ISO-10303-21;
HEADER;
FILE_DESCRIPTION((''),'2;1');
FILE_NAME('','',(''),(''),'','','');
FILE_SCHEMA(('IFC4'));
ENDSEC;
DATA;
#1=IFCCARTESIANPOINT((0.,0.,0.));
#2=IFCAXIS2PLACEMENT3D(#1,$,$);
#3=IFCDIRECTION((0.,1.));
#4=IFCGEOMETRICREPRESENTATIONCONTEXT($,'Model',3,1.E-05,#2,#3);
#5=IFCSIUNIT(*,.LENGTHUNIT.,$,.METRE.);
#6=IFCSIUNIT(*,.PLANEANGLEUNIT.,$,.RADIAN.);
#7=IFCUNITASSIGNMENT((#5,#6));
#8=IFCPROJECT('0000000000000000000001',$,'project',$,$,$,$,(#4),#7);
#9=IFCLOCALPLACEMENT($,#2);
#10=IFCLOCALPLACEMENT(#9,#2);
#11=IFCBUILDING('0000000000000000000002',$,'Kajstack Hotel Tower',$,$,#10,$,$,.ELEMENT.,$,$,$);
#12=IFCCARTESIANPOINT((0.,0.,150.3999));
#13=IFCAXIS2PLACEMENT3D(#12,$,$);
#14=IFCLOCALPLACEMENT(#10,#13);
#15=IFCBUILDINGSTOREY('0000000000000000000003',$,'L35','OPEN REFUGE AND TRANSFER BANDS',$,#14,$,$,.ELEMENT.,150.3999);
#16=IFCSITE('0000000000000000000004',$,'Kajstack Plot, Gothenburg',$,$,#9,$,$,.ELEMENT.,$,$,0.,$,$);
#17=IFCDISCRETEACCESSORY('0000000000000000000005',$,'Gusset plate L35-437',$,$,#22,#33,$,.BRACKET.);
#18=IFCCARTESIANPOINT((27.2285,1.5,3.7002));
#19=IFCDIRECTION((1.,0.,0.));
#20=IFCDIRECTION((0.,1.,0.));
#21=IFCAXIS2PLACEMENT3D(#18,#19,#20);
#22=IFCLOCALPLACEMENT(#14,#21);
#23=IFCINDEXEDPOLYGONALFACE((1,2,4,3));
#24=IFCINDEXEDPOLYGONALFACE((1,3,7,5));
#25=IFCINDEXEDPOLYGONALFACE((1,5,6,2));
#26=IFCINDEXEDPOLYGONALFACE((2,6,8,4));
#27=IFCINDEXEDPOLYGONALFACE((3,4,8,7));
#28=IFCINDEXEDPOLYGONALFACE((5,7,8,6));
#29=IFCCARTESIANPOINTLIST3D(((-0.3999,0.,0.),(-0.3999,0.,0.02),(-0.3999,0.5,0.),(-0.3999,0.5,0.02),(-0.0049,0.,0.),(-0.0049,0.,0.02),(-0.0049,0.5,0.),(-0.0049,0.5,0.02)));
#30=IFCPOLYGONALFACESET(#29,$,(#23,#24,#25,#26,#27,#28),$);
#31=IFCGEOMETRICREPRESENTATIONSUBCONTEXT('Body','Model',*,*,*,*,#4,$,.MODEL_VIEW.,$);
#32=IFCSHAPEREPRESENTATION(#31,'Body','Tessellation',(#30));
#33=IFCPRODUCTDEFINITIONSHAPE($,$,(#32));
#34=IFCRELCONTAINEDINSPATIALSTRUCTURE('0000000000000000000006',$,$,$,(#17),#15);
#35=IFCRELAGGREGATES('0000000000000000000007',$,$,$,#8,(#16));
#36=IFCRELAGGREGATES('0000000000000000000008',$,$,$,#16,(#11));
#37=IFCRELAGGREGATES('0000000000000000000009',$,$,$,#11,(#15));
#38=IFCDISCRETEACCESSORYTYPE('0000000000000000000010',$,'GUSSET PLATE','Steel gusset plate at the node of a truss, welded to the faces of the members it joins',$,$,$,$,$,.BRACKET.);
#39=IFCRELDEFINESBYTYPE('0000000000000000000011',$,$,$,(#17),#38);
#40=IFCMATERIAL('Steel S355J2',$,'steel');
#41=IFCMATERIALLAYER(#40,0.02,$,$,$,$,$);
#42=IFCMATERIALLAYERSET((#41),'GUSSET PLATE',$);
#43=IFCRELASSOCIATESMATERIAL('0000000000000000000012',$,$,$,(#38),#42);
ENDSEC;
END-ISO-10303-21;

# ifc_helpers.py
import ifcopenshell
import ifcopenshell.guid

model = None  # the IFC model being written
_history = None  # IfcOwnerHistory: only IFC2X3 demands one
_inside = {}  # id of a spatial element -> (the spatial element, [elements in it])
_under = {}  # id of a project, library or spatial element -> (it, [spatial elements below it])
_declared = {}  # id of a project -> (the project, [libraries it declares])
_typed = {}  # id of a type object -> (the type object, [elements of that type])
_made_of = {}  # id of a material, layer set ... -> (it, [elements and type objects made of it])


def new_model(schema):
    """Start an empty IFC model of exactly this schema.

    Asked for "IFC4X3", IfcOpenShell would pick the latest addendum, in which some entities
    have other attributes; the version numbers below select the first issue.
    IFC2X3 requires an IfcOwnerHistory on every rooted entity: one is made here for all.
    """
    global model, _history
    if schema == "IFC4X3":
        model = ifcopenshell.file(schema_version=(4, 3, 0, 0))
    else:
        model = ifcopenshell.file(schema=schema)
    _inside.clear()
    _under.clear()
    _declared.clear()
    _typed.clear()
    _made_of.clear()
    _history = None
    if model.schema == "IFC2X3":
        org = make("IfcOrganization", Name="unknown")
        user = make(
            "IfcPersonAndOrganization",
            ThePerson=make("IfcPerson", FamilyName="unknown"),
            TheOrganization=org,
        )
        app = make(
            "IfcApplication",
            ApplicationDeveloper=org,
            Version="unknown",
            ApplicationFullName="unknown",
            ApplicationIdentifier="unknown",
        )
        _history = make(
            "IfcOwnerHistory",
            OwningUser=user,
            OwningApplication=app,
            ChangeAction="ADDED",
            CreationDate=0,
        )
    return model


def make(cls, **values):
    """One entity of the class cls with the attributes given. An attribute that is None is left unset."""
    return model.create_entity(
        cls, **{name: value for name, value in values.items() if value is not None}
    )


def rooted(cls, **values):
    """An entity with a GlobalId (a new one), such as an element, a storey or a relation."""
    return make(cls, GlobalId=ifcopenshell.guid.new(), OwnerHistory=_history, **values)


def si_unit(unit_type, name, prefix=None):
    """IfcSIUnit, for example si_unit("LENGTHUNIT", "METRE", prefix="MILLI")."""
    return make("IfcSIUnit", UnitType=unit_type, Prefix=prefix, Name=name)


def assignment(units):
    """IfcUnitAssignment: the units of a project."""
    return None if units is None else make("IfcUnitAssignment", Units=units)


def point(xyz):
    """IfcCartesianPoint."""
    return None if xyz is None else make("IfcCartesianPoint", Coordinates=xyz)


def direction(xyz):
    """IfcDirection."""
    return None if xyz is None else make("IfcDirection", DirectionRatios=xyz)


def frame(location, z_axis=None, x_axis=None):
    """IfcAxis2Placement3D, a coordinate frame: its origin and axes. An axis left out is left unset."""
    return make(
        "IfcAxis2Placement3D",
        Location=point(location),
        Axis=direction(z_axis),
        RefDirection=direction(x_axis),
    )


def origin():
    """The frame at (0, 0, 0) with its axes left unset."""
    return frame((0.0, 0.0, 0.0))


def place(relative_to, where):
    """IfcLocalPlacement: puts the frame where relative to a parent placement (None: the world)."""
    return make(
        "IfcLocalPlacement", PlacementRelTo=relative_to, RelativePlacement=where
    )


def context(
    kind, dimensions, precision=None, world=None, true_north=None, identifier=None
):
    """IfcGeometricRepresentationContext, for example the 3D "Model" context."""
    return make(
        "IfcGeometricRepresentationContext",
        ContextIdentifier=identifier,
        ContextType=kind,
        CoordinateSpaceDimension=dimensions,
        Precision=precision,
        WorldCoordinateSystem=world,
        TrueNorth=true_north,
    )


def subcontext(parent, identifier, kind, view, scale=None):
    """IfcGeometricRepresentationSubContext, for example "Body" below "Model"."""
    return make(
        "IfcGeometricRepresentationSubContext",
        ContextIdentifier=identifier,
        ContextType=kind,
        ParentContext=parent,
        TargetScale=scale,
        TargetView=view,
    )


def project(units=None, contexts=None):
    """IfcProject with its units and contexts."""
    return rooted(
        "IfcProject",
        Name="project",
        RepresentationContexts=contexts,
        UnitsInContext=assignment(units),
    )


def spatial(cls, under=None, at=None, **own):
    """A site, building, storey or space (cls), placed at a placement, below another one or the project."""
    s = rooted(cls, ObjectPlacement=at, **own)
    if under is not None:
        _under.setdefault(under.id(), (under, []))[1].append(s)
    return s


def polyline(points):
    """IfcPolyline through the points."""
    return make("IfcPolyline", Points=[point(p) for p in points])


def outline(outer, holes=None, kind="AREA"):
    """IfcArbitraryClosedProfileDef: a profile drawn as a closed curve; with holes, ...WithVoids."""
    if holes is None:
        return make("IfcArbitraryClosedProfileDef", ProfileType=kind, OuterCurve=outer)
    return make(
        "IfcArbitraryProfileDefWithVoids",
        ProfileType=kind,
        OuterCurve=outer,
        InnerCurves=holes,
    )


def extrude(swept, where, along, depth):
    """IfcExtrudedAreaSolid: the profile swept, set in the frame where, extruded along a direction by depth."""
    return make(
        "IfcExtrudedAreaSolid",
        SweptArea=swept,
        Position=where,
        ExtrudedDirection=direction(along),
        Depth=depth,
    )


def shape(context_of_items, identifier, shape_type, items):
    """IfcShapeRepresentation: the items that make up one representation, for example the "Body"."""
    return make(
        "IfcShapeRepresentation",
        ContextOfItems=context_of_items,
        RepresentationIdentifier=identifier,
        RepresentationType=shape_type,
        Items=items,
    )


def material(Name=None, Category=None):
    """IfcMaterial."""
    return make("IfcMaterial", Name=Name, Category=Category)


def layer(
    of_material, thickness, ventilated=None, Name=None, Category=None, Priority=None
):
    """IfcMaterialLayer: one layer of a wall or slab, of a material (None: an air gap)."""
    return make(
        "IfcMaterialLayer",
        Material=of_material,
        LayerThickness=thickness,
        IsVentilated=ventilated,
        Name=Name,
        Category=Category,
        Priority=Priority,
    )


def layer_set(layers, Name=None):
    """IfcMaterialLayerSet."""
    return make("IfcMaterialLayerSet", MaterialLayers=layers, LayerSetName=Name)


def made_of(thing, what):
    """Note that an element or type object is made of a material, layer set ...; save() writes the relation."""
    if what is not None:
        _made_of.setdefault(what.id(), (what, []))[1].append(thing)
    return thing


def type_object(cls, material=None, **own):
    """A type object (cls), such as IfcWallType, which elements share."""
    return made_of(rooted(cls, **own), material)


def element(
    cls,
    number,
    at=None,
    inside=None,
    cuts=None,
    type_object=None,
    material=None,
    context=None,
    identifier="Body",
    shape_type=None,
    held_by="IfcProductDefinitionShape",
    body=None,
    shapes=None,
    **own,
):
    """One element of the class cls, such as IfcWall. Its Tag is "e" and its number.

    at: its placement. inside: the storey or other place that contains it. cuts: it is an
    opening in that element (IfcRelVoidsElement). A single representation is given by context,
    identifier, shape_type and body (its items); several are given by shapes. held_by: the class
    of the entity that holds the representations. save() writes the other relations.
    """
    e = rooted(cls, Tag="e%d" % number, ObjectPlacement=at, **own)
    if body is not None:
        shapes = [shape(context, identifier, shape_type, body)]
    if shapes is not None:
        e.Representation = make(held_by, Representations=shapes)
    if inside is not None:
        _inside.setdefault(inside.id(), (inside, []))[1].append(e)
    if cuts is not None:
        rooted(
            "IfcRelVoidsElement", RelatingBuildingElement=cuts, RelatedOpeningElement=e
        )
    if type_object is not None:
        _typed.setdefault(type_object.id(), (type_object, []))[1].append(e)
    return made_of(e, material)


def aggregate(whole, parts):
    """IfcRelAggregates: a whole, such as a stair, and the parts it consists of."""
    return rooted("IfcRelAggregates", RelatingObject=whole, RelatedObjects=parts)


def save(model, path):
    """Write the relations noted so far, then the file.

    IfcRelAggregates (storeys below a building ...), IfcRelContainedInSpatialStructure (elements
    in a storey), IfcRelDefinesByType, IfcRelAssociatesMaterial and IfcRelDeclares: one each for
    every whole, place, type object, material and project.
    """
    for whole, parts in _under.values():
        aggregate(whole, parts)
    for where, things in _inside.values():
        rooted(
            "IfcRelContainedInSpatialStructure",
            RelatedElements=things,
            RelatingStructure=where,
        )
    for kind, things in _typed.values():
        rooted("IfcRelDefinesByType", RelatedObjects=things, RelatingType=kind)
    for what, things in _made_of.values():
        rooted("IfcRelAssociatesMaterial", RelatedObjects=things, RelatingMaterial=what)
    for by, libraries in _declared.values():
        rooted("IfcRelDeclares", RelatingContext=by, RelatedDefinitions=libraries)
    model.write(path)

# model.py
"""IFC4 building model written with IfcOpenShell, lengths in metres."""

from ifc_helpers import new_model, si_unit, direction, frame, origin, place, context, subcontext, project, spatial, polyline, outline, extrude, material, layer, layer_set, type_object, element, save


model = new_model("IFC4")

# Units and contexts
model_context = context("Model", 3, precision=1e-05, world=origin(), true_north=direction((0.0, 1.0)))
body_context = subcontext(model_context, "Body", "Model", "MODEL_VIEW")
ifc_project = project(units=[si_unit("LENGTHUNIT", "METRE"), si_unit("PLANEANGLEUNIT", "RADIAN")], contexts=[model_context])

# Site, building, storey
site_placement = place(None, origin())
site = spatial("IfcSite", under=ifc_project, at=site_placement, Name="Kajstack Plot, Gothenburg", CompositionType="ELEMENT", RefElevation=0.0)
building_placement = place(site_placement, origin())
building = spatial("IfcBuilding", under=site, at=building_placement, Name="Kajstack Hotel Tower", CompositionType="ELEMENT")
storey_placement = place(building_placement, frame((0.0, 0.0, 150.3999)))
storey = spatial("IfcBuildingStorey", under=building, at=storey_placement, Name="L35", Description="OPEN REFUGE AND TRANSFER BANDS", CompositionType="ELEMENT", Elevation=150.3999)

# Shared definitions
ifc_material_1 = material(Name="Steel S355J2", Category="steel")

# Discrete accessory
ifc_layer_1 = layer(ifc_material_1, 0.02)
ifc_layer_set_1 = layer_set([ifc_layer_1], Name="GUSSET PLATE")
discrete_accessory_type_1 = type_object("IfcDiscreteAccessoryType", Name="GUSSET PLATE", Description="Steel gusset plate at the node of a truss, welded to the faces of the members it joins", PredefinedType="BRACKET", material=ifc_layer_set_1)
discrete_accessory_1_placement = place(storey_placement, frame((27.2285, 1.5, 3.7002), z_axis=(1.0, 0.0, 0.0), x_axis=(0.0, 1.0, 0.0)))
element("IfcDiscreteAccessory", 1, at=discrete_accessory_1_placement, inside=storey, type_object=discrete_accessory_type_1, Name="Gusset plate L35-437", PredefinedType="BRACKET", context=body_context, shape_type="SweptSolid", body=[
    extrude(outline(polyline([(-0.3999, 0.0), (-0.0049, 0.0), (-0.0049, 0.5), (-0.3999, 0.5), (-0.3999, 0.0)])), origin(), (0.0, 0.0, 1.0), 0.02),
])

save(model, "model.ifc")
